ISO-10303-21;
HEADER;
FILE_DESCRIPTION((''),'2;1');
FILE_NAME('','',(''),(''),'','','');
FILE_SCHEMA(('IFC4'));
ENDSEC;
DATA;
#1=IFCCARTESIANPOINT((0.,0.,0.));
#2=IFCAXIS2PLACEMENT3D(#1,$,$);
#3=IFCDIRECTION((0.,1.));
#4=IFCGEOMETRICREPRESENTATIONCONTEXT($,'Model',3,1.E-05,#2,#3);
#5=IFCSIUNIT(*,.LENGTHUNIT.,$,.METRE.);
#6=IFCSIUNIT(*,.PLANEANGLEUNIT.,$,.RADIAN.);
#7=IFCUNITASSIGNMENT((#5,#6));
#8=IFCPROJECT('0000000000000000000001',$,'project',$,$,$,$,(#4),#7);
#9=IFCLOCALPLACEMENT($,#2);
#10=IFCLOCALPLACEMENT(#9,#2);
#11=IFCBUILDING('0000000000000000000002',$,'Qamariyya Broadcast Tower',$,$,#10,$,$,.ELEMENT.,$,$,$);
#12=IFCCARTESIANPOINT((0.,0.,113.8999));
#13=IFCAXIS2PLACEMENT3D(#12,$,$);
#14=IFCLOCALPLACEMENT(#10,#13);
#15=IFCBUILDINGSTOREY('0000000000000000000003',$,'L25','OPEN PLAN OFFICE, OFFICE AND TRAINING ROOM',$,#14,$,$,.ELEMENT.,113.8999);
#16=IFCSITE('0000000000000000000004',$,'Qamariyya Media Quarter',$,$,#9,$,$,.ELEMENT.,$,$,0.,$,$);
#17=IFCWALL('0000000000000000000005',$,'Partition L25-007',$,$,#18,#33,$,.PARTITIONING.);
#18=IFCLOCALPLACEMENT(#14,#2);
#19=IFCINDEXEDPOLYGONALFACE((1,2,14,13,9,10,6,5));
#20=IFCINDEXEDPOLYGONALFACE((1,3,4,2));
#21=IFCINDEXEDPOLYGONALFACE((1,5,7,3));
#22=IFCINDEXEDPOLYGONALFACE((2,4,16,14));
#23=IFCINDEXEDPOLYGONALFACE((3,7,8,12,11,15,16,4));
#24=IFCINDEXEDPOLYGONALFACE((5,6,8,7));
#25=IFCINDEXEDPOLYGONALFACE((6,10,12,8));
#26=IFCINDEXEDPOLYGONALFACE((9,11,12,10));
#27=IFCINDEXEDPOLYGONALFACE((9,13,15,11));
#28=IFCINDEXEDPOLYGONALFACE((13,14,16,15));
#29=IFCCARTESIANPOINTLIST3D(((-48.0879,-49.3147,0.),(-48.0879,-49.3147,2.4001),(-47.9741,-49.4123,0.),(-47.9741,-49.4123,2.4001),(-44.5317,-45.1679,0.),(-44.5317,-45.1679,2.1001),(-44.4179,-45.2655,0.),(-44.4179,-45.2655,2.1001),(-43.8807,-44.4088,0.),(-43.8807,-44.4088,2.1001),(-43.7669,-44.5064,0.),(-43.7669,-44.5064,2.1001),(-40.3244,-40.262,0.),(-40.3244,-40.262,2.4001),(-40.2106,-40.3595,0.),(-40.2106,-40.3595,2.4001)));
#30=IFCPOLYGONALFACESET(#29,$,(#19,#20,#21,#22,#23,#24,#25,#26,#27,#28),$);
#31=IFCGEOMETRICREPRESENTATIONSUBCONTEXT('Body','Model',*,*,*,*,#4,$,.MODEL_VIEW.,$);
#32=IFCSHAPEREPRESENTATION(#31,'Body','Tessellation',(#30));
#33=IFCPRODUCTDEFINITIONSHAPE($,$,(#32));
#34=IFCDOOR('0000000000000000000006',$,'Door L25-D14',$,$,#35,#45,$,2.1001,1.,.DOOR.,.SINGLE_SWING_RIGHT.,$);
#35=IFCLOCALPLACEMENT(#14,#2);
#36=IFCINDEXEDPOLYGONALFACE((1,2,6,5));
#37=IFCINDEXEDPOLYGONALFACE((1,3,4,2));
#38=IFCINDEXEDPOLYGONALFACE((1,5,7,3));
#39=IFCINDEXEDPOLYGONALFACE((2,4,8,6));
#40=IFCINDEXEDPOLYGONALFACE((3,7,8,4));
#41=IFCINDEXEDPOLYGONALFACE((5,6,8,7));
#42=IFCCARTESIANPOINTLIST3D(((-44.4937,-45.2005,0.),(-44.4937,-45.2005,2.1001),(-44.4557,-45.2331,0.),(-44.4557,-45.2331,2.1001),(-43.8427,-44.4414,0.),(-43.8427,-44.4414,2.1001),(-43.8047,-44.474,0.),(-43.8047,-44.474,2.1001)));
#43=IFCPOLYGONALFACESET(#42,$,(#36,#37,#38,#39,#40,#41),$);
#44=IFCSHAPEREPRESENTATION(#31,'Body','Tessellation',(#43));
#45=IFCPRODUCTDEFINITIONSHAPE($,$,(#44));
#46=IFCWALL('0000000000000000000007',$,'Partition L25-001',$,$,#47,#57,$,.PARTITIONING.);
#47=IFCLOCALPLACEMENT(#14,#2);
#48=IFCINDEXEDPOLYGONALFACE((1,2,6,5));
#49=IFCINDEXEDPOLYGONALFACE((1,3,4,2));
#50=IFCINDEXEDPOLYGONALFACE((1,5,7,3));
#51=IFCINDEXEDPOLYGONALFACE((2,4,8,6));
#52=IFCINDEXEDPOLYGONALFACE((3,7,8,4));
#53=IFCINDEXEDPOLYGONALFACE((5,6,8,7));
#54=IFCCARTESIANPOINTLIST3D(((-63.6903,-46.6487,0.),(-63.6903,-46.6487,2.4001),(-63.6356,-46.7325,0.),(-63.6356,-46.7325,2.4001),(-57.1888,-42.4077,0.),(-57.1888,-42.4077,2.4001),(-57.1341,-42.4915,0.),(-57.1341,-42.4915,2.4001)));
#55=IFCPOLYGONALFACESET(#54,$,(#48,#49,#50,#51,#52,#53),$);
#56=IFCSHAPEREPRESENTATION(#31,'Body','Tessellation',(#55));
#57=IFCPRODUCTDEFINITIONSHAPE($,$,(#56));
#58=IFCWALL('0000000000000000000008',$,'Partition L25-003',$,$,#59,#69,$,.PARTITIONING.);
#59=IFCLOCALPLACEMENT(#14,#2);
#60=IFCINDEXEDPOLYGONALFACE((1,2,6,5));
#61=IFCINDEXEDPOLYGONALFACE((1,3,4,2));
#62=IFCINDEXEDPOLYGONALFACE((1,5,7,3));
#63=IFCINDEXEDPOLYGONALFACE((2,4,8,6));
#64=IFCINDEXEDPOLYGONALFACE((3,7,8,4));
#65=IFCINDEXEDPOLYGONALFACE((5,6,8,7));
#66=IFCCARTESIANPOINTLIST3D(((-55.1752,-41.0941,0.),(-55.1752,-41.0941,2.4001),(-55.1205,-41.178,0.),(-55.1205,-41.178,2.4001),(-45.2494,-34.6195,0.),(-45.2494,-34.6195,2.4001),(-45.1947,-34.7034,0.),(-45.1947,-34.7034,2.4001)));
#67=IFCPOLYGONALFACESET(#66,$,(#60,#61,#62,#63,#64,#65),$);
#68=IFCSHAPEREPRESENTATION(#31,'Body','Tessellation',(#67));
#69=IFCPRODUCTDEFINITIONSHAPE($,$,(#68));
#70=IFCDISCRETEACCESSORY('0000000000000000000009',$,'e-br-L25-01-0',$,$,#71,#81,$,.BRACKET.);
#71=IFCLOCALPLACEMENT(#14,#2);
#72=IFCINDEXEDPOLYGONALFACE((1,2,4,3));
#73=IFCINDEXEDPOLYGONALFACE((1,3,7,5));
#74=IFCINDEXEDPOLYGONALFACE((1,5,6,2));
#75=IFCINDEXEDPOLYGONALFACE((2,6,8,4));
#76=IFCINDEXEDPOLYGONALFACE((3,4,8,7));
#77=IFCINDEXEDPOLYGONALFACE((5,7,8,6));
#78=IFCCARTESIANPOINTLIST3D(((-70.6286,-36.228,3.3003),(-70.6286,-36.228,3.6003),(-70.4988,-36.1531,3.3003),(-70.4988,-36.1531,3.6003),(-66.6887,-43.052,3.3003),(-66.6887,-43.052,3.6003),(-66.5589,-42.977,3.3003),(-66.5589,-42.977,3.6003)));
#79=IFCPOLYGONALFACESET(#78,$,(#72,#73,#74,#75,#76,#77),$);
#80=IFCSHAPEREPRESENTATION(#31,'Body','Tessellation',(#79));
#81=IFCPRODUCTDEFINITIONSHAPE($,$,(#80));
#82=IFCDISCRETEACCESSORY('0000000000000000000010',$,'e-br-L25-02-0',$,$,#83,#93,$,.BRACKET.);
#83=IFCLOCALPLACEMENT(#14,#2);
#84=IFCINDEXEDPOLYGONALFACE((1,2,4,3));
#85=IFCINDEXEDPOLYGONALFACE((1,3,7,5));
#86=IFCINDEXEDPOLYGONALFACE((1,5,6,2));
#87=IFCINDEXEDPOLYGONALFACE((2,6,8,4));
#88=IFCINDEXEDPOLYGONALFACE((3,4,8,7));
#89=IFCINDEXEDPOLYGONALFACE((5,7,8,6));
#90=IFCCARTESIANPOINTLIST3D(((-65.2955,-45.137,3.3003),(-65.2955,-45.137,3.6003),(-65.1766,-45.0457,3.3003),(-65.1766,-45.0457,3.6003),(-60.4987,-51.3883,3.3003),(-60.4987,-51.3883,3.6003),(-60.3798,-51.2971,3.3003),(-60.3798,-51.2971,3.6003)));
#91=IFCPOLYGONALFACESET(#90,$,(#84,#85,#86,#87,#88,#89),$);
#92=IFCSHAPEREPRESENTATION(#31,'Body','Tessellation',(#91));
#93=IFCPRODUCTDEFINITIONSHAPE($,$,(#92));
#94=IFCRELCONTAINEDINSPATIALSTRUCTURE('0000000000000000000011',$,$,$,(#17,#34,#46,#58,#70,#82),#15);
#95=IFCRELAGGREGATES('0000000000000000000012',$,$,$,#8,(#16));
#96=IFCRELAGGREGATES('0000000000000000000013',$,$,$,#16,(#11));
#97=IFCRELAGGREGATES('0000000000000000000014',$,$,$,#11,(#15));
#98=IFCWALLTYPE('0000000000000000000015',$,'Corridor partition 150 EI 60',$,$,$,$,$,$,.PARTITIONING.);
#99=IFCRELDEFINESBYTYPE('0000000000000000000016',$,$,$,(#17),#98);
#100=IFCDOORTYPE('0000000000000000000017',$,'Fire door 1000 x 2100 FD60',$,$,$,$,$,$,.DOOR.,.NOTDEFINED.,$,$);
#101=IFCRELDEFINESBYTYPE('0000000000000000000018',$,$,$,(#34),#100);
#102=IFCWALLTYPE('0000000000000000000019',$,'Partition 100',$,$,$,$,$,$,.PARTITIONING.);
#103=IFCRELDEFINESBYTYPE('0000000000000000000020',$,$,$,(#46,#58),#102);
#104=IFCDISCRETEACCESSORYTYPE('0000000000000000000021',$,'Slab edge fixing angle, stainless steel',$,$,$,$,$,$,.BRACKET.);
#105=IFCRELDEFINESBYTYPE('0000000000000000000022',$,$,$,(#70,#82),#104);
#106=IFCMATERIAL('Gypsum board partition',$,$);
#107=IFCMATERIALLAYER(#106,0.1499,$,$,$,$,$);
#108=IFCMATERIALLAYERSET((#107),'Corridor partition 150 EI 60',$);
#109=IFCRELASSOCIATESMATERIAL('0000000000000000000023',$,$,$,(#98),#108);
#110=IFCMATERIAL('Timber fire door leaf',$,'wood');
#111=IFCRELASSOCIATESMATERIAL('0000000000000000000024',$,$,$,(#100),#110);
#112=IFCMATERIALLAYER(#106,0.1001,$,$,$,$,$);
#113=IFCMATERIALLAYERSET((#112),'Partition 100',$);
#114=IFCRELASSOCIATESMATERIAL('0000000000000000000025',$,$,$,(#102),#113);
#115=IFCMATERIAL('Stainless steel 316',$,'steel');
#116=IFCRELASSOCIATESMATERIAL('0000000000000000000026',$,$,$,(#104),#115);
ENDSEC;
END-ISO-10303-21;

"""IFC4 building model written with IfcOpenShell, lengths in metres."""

from ifc_helpers import new_model, si_unit, direction, frame, frame_2d, origin, origin_2d, place, context, subcontext, project, spatial, rectangle, extrude, material, layer, layer_set, type_object, element, fill, save


model = new_model("IFC4")

# Units and contexts
model_context = context("Model", 3, precision=1e-05, world=origin(), true_north=direction((0.0, 1.0)))
body_context = subcontext(model_context, "Body", "Model", "MODEL_VIEW")
ifc_project = project(units=[si_unit("LENGTHUNIT", "METRE"), si_unit("PLANEANGLEUNIT", "RADIAN")], contexts=[model_context])

# Site, building, storey
site_placement = place(None, origin())
site = spatial("IfcSite", under=ifc_project, at=site_placement, Name="Qamariyya Media Quarter", CompositionType="ELEMENT", RefElevation=0.0)
building_placement = place(site_placement, origin())
building = spatial("IfcBuilding", under=site, at=building_placement, Name="Qamariyya Broadcast Tower", CompositionType="ELEMENT")
storey_placement = place(building_placement, frame((0.0, 0.0, 113.8999)))
storey = spatial("IfcBuildingStorey", under=building, at=storey_placement, Name="L25", Description="OPEN PLAN OFFICE, OFFICE AND TRAINING ROOM", CompositionType="ELEMENT", Elevation=113.8999)

# Shared definitions
ifc_material_1 = material(Name="Gypsum board partition")
ifc_layer_1 = layer(ifc_material_1, 0.1499)
ifc_layer_set_1 = layer_set([ifc_layer_1], Name="Corridor partition 150 EI 60")
wall_type_1 = type_object("IfcWallType", Name="Corridor partition 150 EI 60", PredefinedType="PARTITIONING", material=ifc_layer_set_1)
ifc_material_2 = material(Name="Timber fire door leaf", Category="wood")
door_type = type_object("IfcDoorType", Name="Fire door 1000 x 2100 FD60", OperationType="NOTDEFINED", PredefinedType="DOOR", material=ifc_material_2)

# Wall, opening, door
wall_1_placement = place(storey_placement, frame((-48.031, -49.3635, 0.0), z_axis=(0.0, 0.0, 1.0), x_axis=(0.650982, 0.759093, 0.0)))
wall_1 = element("IfcWall", 1, at=wall_1_placement, inside=storey, type_object=wall_type_1, Name="Partition L25-007", PredefinedType="PARTITIONING", context=body_context, shape_type="SweptSolid", body=[
    extrude(rectangle(XDim=11.9258, YDim=0.1499, at=frame_2d((5.9629, 0.0))), origin(), (0.0, 0.0, 1.0), 2.4001),
])
opening_1_placement = place(wall_1_placement, frame((5.4629, 0.0, 0.0)))
opening_1 = element("IfcOpeningElement", 2, at=opening_1_placement, cuts=wall_1, PredefinedType="OPENING", context=body_context, shape_type="SweptSolid", body=[
    extrude(rectangle(XDim=1.0, YDim=2.1001, at=frame_2d((0.5, 1.05))), frame((0.0, 0.085, 0.0), z_axis=(0.0, -1.0, 0.0), x_axis=(1.0, 0.0, 0.0)), (0.0, 0.0, 1.0), 0.1699),
])
door_1_placement = place(opening_1_placement, origin())
door_1 = element("IfcDoor", 3, at=door_1_placement, inside=storey, type_object=door_type, Name="Door L25-D14", OperationType="SINGLE_SWING_RIGHT", OverallHeight=2.1001, OverallWidth=1.0, PredefinedType="DOOR", context=body_context, shape_type="SweptSolid", body=[
    extrude(rectangle(XDim=1.0, YDim=2.1001, at=frame_2d((0.5, 1.05))), frame((0.0, 0.0249, 0.0), z_axis=(0.0, -1.0, 0.0), x_axis=(1.0, 0.0, 0.0)), (0.0, 0.0, 1.0), 0.05),
])
fill(opening_1, door_1)

# Walls
ifc_layer_2 = layer(ifc_material_1, 0.1001)
ifc_layer_set_2 = layer_set([ifc_layer_2], Name="Partition 100")
wall_type_2 = type_object("IfcWallType", Name="Partition 100", PredefinedType="PARTITIONING", material=ifc_layer_set_2)
wall_2_placement = place(storey_placement, frame((-63.6631, -46.6907, 0.0), z_axis=(0.0, 0.0, 1.0), x_axis=(0.837559, 0.546347, 0.0)))
element("IfcWall", 4, at=wall_2_placement, inside=storey, type_object=wall_type_2, Name="Partition L25-001", PredefinedType="PARTITIONING", context=body_context, shape_type="SweptSolid", body=[
    extrude(rectangle(XDim=7.7625, YDim=0.1001, at=frame_2d((3.8813, 0.0))), origin(), (0.0, 0.0, 1.0), 2.4001),
])
wall_3_placement = place(storey_placement, frame((-55.1477, -41.136, 0.0), z_axis=(0.0, 0.0, 1.0), x_axis=(0.837561, 0.546343, 0.0)))
element("IfcWall", 5, at=wall_3_placement, inside=storey, type_object=wall_type_2, Name="Partition L25-003", PredefinedType="PARTITIONING", context=body_context, shape_type="SweptSolid", body=[
    extrude(rectangle(XDim=11.8508, YDim=0.1001, at=frame_2d((5.9253, 0.0))), origin(), (0.0, 0.0, 1.0), 2.4001),
])

# Discrete accessories
ifc_material_3 = material(Name="Stainless steel 316", Category="steel")
discrete_accessory_type = type_object("IfcDiscreteAccessoryType", Name="Slab edge fixing angle, stainless steel", PredefinedType="BRACKET", material=ifc_material_3)
for number, where, z_axis, x_axis, name in (
    (6, (-68.5938, -39.6025, 3.3003), (0.0, 0.0, 1.0), (0.5, -0.866025, 0.0), "e-br-L25-01-0"),
    (7, (-62.8376, -48.217, 3.3003), (0.0, 0.0, 1.0), (0.608761, -0.793353, 0.0), "e-br-L25-02-0"),
):
    element("IfcDiscreteAccessory", number, at=place(storey_placement, frame(where, z_axis=z_axis, x_axis=x_axis)), inside=storey, type_object=discrete_accessory_type, Name=name, PredefinedType="BRACKET", context=body_context, shape_type="SweptSolid", body=[
        extrude(rectangle(XDim=7.8796, YDim=0.1499, at=origin_2d()), origin(), (0.0, 0.0, 1.0), 0.3),
    ])

save(model, "model.ifc")
